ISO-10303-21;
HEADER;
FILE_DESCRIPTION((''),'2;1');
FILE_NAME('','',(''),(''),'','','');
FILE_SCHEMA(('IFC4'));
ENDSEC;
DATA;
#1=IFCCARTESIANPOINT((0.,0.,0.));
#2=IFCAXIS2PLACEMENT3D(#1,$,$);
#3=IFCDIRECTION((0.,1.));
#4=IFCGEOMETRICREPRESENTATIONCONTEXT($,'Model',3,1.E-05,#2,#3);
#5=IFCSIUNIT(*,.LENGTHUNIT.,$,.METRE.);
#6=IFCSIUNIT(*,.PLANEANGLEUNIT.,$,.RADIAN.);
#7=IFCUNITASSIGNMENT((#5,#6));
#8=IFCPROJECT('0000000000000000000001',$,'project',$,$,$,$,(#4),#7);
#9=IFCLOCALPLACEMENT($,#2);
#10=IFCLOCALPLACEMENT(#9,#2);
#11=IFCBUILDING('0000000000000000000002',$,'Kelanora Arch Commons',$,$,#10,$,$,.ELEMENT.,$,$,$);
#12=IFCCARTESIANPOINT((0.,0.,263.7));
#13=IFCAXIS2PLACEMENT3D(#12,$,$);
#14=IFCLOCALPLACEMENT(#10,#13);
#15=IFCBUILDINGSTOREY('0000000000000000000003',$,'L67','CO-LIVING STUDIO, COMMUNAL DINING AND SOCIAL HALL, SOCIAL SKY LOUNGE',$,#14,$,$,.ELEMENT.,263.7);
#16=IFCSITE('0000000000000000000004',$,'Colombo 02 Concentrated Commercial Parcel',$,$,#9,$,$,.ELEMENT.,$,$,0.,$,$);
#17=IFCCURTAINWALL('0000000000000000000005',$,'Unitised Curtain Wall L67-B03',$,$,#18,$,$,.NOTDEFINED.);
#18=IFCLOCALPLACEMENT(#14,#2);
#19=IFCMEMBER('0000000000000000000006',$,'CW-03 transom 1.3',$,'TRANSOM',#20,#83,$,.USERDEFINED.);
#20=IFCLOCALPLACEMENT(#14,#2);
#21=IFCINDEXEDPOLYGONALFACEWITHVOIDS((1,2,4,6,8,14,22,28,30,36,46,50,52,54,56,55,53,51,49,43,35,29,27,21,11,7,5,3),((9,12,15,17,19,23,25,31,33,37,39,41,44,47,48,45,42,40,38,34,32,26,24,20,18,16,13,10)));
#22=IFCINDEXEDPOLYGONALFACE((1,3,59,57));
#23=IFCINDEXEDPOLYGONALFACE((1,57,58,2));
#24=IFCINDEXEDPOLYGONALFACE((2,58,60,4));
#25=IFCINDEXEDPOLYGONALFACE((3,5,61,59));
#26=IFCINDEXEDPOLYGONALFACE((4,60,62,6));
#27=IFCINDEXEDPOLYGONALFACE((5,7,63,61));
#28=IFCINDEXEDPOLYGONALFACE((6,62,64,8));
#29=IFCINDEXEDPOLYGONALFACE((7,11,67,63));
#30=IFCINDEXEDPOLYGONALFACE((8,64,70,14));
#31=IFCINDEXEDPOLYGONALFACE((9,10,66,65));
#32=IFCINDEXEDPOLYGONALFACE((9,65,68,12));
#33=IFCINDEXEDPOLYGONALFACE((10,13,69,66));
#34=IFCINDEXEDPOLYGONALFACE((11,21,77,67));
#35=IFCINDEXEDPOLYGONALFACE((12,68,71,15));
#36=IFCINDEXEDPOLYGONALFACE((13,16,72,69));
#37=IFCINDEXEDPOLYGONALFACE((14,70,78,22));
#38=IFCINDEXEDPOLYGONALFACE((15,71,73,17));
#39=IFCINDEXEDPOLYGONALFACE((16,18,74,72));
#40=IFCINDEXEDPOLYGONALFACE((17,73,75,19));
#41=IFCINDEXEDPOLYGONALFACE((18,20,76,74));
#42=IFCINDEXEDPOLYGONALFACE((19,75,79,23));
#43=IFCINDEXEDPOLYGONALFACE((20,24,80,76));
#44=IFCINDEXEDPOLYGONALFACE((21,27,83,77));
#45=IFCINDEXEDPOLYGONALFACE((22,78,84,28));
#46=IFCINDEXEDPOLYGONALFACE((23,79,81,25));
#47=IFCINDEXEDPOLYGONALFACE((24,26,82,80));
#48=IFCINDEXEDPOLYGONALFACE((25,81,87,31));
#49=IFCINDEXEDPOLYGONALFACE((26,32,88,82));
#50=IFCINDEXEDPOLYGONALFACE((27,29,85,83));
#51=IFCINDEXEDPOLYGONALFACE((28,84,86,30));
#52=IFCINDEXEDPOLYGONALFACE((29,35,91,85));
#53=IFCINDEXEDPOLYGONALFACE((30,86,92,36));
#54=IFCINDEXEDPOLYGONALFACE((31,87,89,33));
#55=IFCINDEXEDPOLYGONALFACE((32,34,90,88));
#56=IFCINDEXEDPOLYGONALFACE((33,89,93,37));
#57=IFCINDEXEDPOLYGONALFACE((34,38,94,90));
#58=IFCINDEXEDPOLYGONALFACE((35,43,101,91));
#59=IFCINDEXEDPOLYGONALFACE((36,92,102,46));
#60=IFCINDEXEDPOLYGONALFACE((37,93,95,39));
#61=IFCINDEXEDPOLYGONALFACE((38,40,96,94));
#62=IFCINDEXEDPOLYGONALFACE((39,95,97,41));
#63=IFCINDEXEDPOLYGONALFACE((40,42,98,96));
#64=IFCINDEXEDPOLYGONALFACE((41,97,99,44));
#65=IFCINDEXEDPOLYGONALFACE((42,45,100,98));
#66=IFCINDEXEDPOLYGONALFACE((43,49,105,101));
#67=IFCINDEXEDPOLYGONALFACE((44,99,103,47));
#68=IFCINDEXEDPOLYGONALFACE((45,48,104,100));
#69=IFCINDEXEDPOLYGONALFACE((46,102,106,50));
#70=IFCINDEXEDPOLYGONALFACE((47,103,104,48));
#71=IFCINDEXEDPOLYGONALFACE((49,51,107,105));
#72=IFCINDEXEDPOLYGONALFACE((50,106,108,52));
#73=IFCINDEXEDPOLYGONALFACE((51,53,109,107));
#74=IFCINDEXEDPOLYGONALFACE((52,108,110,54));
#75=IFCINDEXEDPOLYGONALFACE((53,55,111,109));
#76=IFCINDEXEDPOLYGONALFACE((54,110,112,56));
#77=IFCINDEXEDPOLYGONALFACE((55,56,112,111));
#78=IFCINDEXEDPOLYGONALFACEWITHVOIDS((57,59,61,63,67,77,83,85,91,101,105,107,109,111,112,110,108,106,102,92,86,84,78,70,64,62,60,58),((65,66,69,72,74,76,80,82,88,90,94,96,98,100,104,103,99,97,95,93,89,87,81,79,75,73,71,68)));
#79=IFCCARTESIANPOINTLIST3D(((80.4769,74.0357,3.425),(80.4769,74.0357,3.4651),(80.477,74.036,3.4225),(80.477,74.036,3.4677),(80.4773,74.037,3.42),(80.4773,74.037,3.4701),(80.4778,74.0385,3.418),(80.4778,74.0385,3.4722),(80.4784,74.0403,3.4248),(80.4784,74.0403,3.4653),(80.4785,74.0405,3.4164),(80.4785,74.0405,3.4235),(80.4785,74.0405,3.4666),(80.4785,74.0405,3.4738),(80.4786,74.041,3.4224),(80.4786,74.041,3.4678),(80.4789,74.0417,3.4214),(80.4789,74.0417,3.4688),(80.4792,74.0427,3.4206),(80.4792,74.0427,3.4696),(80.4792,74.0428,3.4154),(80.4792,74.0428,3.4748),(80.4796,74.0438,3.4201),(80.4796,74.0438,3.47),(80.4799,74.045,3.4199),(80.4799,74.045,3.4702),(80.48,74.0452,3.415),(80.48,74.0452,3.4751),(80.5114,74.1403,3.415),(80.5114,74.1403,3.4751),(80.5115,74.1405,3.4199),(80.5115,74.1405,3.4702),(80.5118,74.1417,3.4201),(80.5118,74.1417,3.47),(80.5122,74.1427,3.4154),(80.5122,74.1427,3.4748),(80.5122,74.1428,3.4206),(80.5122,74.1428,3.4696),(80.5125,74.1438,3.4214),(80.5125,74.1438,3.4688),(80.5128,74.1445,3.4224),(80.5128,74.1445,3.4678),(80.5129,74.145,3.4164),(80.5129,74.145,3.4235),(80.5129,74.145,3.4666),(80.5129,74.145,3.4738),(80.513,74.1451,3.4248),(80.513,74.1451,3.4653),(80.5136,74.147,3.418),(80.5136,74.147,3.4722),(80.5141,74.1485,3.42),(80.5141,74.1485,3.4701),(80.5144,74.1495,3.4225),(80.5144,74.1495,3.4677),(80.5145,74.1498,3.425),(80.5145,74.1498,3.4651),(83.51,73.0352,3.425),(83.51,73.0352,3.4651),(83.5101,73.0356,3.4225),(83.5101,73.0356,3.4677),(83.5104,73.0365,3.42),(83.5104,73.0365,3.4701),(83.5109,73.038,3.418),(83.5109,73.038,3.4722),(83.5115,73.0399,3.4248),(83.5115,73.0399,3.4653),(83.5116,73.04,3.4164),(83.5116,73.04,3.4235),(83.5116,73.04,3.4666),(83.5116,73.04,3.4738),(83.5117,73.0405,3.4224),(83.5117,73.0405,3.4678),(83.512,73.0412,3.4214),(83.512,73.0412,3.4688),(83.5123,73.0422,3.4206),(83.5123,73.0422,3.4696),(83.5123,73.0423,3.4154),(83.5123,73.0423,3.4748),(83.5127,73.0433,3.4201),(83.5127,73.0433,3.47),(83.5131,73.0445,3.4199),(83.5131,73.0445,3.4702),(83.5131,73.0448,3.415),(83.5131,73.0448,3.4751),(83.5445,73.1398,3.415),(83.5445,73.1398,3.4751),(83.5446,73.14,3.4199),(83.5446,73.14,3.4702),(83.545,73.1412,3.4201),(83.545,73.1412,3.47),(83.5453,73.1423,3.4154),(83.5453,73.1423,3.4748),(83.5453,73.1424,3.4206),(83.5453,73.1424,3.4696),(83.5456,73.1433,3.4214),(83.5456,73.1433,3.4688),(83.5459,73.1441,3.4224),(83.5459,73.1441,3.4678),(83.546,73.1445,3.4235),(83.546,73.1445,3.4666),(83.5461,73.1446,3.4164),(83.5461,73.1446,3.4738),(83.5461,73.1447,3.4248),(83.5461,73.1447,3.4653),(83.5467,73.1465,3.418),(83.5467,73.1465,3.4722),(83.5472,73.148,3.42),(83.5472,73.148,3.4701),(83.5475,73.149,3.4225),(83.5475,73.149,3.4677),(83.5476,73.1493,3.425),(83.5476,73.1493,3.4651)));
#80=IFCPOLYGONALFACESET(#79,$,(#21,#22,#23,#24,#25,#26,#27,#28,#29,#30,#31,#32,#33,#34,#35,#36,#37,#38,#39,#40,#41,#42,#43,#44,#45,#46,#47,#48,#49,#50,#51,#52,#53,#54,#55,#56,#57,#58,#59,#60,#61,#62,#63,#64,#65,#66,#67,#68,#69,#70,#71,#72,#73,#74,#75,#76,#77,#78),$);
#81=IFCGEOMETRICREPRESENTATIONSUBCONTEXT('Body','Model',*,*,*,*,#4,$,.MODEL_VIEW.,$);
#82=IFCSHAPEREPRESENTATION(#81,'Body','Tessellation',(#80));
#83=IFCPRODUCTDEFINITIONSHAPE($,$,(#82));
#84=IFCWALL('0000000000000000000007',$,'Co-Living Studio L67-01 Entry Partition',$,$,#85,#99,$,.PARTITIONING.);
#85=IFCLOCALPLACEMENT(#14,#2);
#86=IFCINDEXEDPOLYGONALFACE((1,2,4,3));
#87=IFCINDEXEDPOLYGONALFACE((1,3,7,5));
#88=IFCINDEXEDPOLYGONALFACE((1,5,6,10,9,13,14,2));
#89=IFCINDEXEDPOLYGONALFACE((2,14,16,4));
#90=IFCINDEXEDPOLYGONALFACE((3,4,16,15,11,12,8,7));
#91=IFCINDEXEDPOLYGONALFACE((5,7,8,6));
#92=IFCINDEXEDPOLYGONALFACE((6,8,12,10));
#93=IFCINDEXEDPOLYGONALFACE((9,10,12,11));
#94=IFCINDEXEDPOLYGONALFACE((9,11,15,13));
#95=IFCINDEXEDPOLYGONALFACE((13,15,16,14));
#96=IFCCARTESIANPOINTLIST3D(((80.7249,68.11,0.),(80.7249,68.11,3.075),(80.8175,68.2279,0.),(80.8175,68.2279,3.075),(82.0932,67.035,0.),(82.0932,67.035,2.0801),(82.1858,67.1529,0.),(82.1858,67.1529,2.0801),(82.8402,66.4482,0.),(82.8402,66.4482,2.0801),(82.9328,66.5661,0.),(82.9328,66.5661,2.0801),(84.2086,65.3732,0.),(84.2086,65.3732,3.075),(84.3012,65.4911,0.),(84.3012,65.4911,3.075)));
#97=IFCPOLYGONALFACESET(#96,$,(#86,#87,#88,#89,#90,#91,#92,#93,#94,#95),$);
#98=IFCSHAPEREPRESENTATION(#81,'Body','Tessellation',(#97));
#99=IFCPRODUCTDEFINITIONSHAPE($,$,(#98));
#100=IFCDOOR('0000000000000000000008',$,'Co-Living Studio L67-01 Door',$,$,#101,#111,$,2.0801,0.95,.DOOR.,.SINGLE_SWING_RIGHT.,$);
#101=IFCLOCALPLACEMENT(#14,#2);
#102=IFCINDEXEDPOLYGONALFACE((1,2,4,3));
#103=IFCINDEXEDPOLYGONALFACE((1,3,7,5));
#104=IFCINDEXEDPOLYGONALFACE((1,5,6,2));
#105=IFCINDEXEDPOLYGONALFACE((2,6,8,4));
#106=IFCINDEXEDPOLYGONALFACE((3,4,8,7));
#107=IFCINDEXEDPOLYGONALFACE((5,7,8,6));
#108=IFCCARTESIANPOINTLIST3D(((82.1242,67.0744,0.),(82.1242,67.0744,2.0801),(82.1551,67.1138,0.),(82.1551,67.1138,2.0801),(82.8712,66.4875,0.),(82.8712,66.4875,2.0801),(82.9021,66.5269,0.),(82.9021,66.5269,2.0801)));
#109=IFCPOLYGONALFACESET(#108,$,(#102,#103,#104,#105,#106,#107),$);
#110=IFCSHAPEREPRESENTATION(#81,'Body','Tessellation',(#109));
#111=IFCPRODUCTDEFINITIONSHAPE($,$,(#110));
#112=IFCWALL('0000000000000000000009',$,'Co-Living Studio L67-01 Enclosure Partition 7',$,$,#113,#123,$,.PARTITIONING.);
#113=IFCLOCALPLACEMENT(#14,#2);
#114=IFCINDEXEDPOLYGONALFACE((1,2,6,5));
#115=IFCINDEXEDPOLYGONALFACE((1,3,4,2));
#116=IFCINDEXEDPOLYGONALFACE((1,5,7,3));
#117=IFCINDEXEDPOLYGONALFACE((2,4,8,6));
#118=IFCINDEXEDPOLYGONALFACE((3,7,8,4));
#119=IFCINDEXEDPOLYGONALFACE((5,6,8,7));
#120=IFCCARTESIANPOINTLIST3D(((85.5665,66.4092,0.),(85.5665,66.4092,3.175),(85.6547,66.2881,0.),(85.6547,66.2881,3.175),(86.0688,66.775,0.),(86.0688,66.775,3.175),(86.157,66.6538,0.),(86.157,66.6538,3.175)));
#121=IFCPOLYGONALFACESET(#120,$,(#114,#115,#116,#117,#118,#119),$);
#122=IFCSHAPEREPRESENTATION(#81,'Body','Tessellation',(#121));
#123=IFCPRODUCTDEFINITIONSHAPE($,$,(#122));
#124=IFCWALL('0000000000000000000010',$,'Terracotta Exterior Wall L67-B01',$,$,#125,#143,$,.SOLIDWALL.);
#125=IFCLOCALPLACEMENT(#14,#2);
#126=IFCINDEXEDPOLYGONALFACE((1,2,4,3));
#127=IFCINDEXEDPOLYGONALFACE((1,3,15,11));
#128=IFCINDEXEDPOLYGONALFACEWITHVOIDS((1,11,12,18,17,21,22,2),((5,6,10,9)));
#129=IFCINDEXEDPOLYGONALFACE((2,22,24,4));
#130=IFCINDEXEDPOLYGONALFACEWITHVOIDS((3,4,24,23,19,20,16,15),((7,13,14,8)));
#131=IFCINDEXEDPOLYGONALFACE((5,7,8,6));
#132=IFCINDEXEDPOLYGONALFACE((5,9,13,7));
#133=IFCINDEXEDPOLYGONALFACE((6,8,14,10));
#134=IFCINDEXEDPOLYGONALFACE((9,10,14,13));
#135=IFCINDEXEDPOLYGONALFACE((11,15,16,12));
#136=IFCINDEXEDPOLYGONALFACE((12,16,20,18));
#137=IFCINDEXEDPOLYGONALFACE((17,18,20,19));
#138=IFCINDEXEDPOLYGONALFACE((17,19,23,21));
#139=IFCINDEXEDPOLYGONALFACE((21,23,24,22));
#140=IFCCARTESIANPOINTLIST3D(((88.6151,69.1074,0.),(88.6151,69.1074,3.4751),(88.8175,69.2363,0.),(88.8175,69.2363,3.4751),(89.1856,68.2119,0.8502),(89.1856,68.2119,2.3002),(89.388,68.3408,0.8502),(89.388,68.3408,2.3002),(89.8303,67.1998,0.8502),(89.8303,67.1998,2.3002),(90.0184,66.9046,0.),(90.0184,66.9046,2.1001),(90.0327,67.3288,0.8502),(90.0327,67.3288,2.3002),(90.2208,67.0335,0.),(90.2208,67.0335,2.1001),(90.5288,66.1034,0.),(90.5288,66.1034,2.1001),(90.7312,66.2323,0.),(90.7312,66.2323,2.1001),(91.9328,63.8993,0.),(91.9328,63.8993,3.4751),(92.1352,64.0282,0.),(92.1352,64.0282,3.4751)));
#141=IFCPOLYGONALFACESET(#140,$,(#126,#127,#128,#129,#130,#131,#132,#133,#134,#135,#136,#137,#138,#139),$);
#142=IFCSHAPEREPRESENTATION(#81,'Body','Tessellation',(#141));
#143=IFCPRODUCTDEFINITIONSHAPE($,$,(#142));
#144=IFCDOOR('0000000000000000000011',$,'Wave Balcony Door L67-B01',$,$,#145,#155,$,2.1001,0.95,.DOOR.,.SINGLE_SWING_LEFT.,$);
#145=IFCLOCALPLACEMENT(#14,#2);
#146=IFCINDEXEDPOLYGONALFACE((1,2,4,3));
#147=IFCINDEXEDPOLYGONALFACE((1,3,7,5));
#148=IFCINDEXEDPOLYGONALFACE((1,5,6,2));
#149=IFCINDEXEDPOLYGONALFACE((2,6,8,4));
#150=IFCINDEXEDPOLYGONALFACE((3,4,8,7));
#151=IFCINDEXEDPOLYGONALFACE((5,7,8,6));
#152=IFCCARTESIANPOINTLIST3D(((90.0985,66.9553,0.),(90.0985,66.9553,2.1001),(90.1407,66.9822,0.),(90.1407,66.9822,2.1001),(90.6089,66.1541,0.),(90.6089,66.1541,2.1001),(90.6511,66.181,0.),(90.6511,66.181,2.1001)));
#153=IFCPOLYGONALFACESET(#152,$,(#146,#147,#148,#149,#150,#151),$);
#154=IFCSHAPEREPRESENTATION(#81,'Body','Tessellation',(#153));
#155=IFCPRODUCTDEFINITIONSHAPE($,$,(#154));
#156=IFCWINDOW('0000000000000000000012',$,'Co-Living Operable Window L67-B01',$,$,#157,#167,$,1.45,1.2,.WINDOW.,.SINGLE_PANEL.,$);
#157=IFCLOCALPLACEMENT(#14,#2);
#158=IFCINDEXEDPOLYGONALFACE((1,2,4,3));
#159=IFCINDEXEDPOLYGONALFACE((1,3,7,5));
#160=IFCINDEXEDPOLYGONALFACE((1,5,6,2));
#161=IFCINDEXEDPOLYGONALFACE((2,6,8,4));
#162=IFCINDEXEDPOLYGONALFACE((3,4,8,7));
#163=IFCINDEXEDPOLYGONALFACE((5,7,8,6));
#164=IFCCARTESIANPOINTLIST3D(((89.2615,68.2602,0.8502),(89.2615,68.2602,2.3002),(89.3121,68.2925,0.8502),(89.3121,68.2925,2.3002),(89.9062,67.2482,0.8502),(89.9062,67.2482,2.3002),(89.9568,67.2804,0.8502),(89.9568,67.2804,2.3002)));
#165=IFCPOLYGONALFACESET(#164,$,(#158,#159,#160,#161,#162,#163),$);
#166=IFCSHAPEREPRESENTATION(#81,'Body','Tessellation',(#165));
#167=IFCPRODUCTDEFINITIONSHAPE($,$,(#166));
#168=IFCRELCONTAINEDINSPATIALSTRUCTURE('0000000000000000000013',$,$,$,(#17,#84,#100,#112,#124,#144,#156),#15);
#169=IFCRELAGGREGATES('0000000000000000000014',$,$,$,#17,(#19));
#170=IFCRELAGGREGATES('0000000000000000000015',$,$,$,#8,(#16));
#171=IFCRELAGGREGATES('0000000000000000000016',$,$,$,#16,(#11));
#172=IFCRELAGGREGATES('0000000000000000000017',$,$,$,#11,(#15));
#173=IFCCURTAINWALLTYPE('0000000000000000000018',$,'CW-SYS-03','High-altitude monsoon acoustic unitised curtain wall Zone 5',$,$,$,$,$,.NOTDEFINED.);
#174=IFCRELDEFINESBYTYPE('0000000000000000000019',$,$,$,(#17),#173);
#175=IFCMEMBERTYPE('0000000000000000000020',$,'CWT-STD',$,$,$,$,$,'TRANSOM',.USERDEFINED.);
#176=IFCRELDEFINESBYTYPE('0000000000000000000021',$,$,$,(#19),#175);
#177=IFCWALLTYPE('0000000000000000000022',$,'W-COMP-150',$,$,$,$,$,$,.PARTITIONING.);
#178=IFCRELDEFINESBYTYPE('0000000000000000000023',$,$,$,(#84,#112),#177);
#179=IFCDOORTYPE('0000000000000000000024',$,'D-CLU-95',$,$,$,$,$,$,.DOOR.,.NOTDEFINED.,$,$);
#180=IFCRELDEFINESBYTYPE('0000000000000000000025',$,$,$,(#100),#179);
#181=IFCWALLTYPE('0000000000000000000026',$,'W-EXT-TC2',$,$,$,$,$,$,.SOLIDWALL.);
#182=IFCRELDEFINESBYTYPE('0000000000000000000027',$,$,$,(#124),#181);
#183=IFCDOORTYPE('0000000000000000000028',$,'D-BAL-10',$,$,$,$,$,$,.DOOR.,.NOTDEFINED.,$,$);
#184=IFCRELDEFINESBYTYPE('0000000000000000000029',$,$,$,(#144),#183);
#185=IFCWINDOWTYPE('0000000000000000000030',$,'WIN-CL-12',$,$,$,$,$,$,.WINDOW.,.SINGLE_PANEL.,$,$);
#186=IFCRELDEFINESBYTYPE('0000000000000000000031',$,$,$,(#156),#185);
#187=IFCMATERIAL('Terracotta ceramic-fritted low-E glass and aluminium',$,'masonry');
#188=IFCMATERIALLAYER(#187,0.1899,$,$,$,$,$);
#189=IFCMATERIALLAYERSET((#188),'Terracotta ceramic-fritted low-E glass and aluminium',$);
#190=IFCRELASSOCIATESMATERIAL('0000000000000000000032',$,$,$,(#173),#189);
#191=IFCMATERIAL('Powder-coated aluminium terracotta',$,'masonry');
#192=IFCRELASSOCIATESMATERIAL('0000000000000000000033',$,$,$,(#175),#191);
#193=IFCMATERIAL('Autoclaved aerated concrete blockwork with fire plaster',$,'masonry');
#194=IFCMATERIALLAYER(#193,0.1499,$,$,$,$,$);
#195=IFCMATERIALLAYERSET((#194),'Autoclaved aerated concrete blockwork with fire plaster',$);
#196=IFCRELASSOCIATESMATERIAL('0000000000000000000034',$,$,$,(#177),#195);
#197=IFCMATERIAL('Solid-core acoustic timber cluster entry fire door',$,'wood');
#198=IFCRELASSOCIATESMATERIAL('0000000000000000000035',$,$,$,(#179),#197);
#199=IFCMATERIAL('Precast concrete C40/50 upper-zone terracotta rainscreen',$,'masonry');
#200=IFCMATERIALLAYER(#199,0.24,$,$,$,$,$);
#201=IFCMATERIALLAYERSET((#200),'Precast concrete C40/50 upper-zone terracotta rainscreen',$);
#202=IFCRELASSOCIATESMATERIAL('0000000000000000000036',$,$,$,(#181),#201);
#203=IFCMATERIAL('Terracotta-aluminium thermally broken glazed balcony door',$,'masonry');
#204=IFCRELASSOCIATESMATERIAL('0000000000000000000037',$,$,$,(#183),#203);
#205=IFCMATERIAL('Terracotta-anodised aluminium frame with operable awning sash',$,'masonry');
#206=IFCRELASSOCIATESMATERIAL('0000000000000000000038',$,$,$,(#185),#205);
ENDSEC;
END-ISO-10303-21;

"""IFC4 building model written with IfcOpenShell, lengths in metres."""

from ifc_helpers import new_model, si_unit, direction, frame, frame_2d, origin, origin_2d, place, context, subcontext, project, spatial, rectangle, hollow_rectangle, extrude, material, layer, layer_set, material_profile, profile_set, type_object, element, fill, aggregate, save


model = new_model("IFC4")

# Units and contexts
model_context = context("Model", 3, precision=1e-05, world=origin(), true_north=direction((0.0, 1.0)))
body_context = subcontext(model_context, "Body", "Model", "MODEL_VIEW")
ifc_project = project(units=[si_unit("LENGTHUNIT", "METRE"), si_unit("PLANEANGLEUNIT", "RADIAN")], contexts=[model_context])

# Site, building, storey
site_placement = place(None, origin())
site = spatial("IfcSite", under=ifc_project, at=site_placement, Name="Colombo 02 Concentrated Commercial Parcel", CompositionType="ELEMENT", RefElevation=0.0)
building_placement = place(site_placement, origin())
building = spatial("IfcBuilding", under=site, at=building_placement, Name="Kelanora Arch Commons", CompositionType="ELEMENT")
storey_placement = place(building_placement, frame((0.0, 0.0, 263.7)))
storey = spatial("IfcBuildingStorey", under=building, at=storey_placement, Name="L67", Description="CO-LIVING STUDIO, COMMUNAL DINING AND SOCIAL HALL, SOCIAL SKY LOUNGE", CompositionType="ELEMENT", Elevation=263.7)

# Shared definitions
ifc_material_1 = material(Name="Terracotta ceramic-fritted low-E glass and aluminium", Category="masonry")
ifc_layer_1 = layer(ifc_material_1, 0.1899)
ifc_layer_set_1 = layer_set([ifc_layer_1], Name="Terracotta ceramic-fritted low-E glass and aluminium")
curtain_wall_type = type_object("IfcCurtainWallType", Name="CW-SYS-03", Description="High-altitude monsoon acoustic unitised curtain wall Zone 5", PredefinedType="NOTDEFINED", material=ifc_layer_set_1)
ifc_material_2 = material(Name="Powder-coated aluminium terracotta", Category="masonry")

# Curtain wall, member
curtain_wall_1_placement = place(storey_placement, origin())
curtain_wall_1 = element("IfcCurtainWall", 1, at=curtain_wall_1_placement, inside=storey, type_object=curtain_wall_type, Name="Unitised Curtain Wall L67-B03", PredefinedType="NOTDEFINED")
ifc_material_profile_1 = material_profile(ifc_material_2, hollow_rectangle(XDim=0.1201, YDim=0.0601, WallThickness=0.0049, InnerFilletRadius=0.0049, OuterFilletRadius=0.01, at=origin_2d()), Name="CWT120x60")
ifc_profile_set_1 = profile_set([ifc_material_profile_1], Name="Powder-coated aluminium terracotta")
member_type_1 = type_object("IfcMemberType", Name="CWT-STD", ElementType="TRANSOM", PredefinedType="USERDEFINED", material=ifc_profile_set_1)
member_1_placement = place(storey_placement, frame((83.5288, 73.0923, 3.4451), z_axis=(-0.949672, 0.313245, 0.0), x_axis=(-0.313245, -0.949672, 0.0)))
member_1 = element("IfcMember", 2, at=member_1_placement, type_object=member_type_1, Name="CW-03 transom 1.3", ObjectType="TRANSOM", PredefinedType="USERDEFINED", context=body_context, shape_type="SweptSolid", body=[
    extrude(hollow_rectangle(XDim=0.1201, YDim=0.0601, WallThickness=0.0049, InnerFilletRadius=0.0049, OuterFilletRadius=0.01, at=origin_2d()), origin(), (0.0, 0.0, 1.0), 3.1938),
])
aggregate(curtain_wall_1, [member_1])

# Wall, opening, door
ifc_material_3 = material(Name="Autoclaved aerated concrete blockwork with fire plaster", Category="masonry")
ifc_layer_2 = layer(ifc_material_3, 0.1499)
ifc_layer_set_2 = layer_set([ifc_layer_2], Name="Autoclaved aerated concrete blockwork with fire plaster")
wall_type_1 = type_object("IfcWallType", Name="W-COMP-150", PredefinedType="PARTITIONING", material=ifc_layer_set_2)
wall_1_placement = place(storey_placement, frame((84.2549, 65.4321, 0.0), z_axis=(0.0, 0.0, 1.0), x_axis=(-0.786355, 0.617775, 0.0)))
wall_1 = element("IfcWall", 3, at=wall_1_placement, inside=storey, type_object=wall_type_1, Name="Co-Living Studio L67-01 Entry Partition", PredefinedType="PARTITIONING", context=body_context, shape_type="SweptSolid", body=[
    extrude(rectangle(XDim=4.4302, YDim=0.1499, at=frame_2d((2.2151, 0.0))), origin(), (0.0, 0.0, 1.0), 3.075),
])
opening_1_placement = place(wall_1_placement, frame((1.74, 0.0, 0.0)))
opening_1 = element("IfcOpeningElement", 4, at=opening_1_placement, cuts=wall_1, PredefinedType="OPENING", context=body_context, shape_type="SweptSolid", body=[
    extrude(rectangle(XDim=0.95, YDim=2.0801, at=frame_2d((0.4751, 1.04))), frame((0.0, 0.085, 0.0), z_axis=(0.0, -1.0, 0.0), x_axis=(1.0, 0.0, 0.0)), (0.0, 0.0, 1.0), 0.1699),
])
ifc_material_4 = material(Name="Solid-core acoustic timber cluster entry fire door", Category="wood")
door_type_1 = type_object("IfcDoorType", Name="D-CLU-95", OperationType="NOTDEFINED", PredefinedType="DOOR", material=ifc_material_4)
door_1_placement = place(opening_1_placement, origin())
door_1 = element("IfcDoor", 5, at=door_1_placement, inside=storey, type_object=door_type_1, Name="Co-Living Studio L67-01 Door", OperationType="SINGLE_SWING_RIGHT", OverallHeight=2.0801, OverallWidth=0.95, PredefinedType="DOOR", context=body_context, shape_type="SweptSolid", body=[
    extrude(rectangle(XDim=0.95, YDim=2.0801, at=frame_2d((0.4751, 1.04))), frame((0.0, 0.0249, 0.0), z_axis=(0.0, -1.0, 0.0), x_axis=(1.0, 0.0, 0.0)), (0.0, 0.0, 1.0), 0.05),
])
fill(opening_1, door_1)

# Wall
wall_2_placement = place(storey_placement, frame((86.1128, 66.7144, 0.0), z_axis=(0.0, 0.0, 1.0), x_axis=(-0.808362, -0.588686, 0.0)))
element("IfcWall", 6, at=wall_2_placement, inside=storey, type_object=wall_type_1, Name="Co-Living Studio L67-01 Enclosure Partition 7", PredefinedType="PARTITIONING", context=body_context, shape_type="SweptSolid", body=[
    extrude(rectangle(XDim=0.6213, YDim=0.1499, at=frame_2d((0.3105, 0.0))), origin(), (0.0, 0.0, 1.0), 3.175),
])

# Wall, openings, door, window
ifc_material_5 = material(Name="Precast concrete C40/50 upper-zone terracotta rainscreen", Category="masonry")
ifc_layer_3 = layer(ifc_material_5, 0.24)
ifc_layer_set_3 = layer_set([ifc_layer_3], Name="Precast concrete C40/50 upper-zone terracotta rainscreen")
wall_type_2 = type_object("IfcWallType", Name="W-EXT-TC2", PredefinedType="SOLIDWALL", material=ifc_layer_set_3)
wall_3_placement = place(storey_placement, frame((92.0339, 63.9639, 0.0), z_axis=(0.0, 0.0, 1.0), x_axis=(-0.537272, 0.843409, 0.0)))
wall_3 = element("IfcWall", 7, at=wall_3_placement, inside=storey, type_object=wall_type_2, Name="Terracotta Exterior Wall L67-B01", PredefinedType="SOLIDWALL", context=body_context, shape_type="SweptSolid", body=[
    extrude(rectangle(XDim=6.175, YDim=0.24, at=frame_2d((3.0874, 0.0))), origin(), (0.0, 0.0, 1.0), 3.4751),
])
opening_2_placement = place(wall_3_placement, frame((2.613, 0.0, 0.0)))
opening_2 = element("IfcOpeningElement", 8, at=opening_2_placement, cuts=wall_3, PredefinedType="OPENING", context=body_context, shape_type="SweptSolid", body=[
    extrude(rectangle(XDim=0.95, YDim=2.1001, at=frame_2d((0.4751, 1.05))), frame((0.0, 0.1299, 0.0), z_axis=(0.0, -1.0, 0.0), x_axis=(1.0, 0.0, 0.0)), (0.0, 0.0, 1.0), 0.26),
])
opening_3_placement = place(wall_3_placement, frame((3.9131, 0.0, 0.8501)))
opening_3 = element("IfcOpeningElement", 9, at=opening_3_placement, cuts=wall_3, PredefinedType="OPENING", context=body_context, shape_type="SweptSolid", body=[
    extrude(rectangle(XDim=1.2, YDim=1.45, at=frame_2d((0.6001, 0.7251))), frame((0.0, 0.1299, 0.0), z_axis=(0.0, -1.0, 0.0), x_axis=(1.0, 0.0, 0.0)), (0.0, 0.0, 1.0), 0.26),
])
ifc_material_6 = material(Name="Terracotta-aluminium thermally broken glazed balcony door", Category="masonry")
door_type_2 = type_object("IfcDoorType", Name="D-BAL-10", OperationType="NOTDEFINED", PredefinedType="DOOR", material=ifc_material_6)
door_2_placement = place(opening_2_placement, frame((0.95, 0.0, 0.0), z_axis=(0.0, 0.0, 1.0), x_axis=(-1.0, 0.0, 0.0)))
door_2 = element("IfcDoor", 10, at=door_2_placement, inside=storey, type_object=door_type_2, Name="Wave Balcony Door L67-B01", OperationType="SINGLE_SWING_LEFT", OverallHeight=2.1001, OverallWidth=0.95, PredefinedType="DOOR", context=body_context, shape_type="SweptSolid", body=[
    extrude(rectangle(XDim=0.95, YDim=2.1001, at=frame_2d((0.4751, 1.05))), frame((0.0, 0.0249, 0.0), z_axis=(0.0, -1.0, 0.0), x_axis=(1.0, 0.0, 0.0)), (0.0, 0.0, 1.0), 0.05),
])
fill(opening_2, door_2)
ifc_material_7 = material(Name="Terracotta-anodised aluminium frame with operable awning sash", Category="masonry")
window_type = type_object("IfcWindowType", Name="WIN-CL-12", PartitioningType="SINGLE_PANEL", PredefinedType="WINDOW", material=ifc_material_7)
window_1_placement = place(opening_3_placement, origin())
window_1 = element("IfcWindow", 11, at=window_1_placement, inside=storey, type_object=window_type, Name="Co-Living Operable Window L67-B01", OverallHeight=1.45, OverallWidth=1.2, PartitioningType="SINGLE_PANEL", PredefinedType="WINDOW", context=body_context, shape_type="SweptSolid", body=[
    extrude(rectangle(XDim=1.2, YDim=1.45, at=frame_2d((0.6001, 0.7251))), frame((0.0, 0.03, 0.0), z_axis=(0.0, -1.0, 0.0), x_axis=(1.0, 0.0, 0.0)), (0.0, 0.0, 1.0), 0.0601),
])
fill(opening_3, window_1)

save(model, "model.ifc")
